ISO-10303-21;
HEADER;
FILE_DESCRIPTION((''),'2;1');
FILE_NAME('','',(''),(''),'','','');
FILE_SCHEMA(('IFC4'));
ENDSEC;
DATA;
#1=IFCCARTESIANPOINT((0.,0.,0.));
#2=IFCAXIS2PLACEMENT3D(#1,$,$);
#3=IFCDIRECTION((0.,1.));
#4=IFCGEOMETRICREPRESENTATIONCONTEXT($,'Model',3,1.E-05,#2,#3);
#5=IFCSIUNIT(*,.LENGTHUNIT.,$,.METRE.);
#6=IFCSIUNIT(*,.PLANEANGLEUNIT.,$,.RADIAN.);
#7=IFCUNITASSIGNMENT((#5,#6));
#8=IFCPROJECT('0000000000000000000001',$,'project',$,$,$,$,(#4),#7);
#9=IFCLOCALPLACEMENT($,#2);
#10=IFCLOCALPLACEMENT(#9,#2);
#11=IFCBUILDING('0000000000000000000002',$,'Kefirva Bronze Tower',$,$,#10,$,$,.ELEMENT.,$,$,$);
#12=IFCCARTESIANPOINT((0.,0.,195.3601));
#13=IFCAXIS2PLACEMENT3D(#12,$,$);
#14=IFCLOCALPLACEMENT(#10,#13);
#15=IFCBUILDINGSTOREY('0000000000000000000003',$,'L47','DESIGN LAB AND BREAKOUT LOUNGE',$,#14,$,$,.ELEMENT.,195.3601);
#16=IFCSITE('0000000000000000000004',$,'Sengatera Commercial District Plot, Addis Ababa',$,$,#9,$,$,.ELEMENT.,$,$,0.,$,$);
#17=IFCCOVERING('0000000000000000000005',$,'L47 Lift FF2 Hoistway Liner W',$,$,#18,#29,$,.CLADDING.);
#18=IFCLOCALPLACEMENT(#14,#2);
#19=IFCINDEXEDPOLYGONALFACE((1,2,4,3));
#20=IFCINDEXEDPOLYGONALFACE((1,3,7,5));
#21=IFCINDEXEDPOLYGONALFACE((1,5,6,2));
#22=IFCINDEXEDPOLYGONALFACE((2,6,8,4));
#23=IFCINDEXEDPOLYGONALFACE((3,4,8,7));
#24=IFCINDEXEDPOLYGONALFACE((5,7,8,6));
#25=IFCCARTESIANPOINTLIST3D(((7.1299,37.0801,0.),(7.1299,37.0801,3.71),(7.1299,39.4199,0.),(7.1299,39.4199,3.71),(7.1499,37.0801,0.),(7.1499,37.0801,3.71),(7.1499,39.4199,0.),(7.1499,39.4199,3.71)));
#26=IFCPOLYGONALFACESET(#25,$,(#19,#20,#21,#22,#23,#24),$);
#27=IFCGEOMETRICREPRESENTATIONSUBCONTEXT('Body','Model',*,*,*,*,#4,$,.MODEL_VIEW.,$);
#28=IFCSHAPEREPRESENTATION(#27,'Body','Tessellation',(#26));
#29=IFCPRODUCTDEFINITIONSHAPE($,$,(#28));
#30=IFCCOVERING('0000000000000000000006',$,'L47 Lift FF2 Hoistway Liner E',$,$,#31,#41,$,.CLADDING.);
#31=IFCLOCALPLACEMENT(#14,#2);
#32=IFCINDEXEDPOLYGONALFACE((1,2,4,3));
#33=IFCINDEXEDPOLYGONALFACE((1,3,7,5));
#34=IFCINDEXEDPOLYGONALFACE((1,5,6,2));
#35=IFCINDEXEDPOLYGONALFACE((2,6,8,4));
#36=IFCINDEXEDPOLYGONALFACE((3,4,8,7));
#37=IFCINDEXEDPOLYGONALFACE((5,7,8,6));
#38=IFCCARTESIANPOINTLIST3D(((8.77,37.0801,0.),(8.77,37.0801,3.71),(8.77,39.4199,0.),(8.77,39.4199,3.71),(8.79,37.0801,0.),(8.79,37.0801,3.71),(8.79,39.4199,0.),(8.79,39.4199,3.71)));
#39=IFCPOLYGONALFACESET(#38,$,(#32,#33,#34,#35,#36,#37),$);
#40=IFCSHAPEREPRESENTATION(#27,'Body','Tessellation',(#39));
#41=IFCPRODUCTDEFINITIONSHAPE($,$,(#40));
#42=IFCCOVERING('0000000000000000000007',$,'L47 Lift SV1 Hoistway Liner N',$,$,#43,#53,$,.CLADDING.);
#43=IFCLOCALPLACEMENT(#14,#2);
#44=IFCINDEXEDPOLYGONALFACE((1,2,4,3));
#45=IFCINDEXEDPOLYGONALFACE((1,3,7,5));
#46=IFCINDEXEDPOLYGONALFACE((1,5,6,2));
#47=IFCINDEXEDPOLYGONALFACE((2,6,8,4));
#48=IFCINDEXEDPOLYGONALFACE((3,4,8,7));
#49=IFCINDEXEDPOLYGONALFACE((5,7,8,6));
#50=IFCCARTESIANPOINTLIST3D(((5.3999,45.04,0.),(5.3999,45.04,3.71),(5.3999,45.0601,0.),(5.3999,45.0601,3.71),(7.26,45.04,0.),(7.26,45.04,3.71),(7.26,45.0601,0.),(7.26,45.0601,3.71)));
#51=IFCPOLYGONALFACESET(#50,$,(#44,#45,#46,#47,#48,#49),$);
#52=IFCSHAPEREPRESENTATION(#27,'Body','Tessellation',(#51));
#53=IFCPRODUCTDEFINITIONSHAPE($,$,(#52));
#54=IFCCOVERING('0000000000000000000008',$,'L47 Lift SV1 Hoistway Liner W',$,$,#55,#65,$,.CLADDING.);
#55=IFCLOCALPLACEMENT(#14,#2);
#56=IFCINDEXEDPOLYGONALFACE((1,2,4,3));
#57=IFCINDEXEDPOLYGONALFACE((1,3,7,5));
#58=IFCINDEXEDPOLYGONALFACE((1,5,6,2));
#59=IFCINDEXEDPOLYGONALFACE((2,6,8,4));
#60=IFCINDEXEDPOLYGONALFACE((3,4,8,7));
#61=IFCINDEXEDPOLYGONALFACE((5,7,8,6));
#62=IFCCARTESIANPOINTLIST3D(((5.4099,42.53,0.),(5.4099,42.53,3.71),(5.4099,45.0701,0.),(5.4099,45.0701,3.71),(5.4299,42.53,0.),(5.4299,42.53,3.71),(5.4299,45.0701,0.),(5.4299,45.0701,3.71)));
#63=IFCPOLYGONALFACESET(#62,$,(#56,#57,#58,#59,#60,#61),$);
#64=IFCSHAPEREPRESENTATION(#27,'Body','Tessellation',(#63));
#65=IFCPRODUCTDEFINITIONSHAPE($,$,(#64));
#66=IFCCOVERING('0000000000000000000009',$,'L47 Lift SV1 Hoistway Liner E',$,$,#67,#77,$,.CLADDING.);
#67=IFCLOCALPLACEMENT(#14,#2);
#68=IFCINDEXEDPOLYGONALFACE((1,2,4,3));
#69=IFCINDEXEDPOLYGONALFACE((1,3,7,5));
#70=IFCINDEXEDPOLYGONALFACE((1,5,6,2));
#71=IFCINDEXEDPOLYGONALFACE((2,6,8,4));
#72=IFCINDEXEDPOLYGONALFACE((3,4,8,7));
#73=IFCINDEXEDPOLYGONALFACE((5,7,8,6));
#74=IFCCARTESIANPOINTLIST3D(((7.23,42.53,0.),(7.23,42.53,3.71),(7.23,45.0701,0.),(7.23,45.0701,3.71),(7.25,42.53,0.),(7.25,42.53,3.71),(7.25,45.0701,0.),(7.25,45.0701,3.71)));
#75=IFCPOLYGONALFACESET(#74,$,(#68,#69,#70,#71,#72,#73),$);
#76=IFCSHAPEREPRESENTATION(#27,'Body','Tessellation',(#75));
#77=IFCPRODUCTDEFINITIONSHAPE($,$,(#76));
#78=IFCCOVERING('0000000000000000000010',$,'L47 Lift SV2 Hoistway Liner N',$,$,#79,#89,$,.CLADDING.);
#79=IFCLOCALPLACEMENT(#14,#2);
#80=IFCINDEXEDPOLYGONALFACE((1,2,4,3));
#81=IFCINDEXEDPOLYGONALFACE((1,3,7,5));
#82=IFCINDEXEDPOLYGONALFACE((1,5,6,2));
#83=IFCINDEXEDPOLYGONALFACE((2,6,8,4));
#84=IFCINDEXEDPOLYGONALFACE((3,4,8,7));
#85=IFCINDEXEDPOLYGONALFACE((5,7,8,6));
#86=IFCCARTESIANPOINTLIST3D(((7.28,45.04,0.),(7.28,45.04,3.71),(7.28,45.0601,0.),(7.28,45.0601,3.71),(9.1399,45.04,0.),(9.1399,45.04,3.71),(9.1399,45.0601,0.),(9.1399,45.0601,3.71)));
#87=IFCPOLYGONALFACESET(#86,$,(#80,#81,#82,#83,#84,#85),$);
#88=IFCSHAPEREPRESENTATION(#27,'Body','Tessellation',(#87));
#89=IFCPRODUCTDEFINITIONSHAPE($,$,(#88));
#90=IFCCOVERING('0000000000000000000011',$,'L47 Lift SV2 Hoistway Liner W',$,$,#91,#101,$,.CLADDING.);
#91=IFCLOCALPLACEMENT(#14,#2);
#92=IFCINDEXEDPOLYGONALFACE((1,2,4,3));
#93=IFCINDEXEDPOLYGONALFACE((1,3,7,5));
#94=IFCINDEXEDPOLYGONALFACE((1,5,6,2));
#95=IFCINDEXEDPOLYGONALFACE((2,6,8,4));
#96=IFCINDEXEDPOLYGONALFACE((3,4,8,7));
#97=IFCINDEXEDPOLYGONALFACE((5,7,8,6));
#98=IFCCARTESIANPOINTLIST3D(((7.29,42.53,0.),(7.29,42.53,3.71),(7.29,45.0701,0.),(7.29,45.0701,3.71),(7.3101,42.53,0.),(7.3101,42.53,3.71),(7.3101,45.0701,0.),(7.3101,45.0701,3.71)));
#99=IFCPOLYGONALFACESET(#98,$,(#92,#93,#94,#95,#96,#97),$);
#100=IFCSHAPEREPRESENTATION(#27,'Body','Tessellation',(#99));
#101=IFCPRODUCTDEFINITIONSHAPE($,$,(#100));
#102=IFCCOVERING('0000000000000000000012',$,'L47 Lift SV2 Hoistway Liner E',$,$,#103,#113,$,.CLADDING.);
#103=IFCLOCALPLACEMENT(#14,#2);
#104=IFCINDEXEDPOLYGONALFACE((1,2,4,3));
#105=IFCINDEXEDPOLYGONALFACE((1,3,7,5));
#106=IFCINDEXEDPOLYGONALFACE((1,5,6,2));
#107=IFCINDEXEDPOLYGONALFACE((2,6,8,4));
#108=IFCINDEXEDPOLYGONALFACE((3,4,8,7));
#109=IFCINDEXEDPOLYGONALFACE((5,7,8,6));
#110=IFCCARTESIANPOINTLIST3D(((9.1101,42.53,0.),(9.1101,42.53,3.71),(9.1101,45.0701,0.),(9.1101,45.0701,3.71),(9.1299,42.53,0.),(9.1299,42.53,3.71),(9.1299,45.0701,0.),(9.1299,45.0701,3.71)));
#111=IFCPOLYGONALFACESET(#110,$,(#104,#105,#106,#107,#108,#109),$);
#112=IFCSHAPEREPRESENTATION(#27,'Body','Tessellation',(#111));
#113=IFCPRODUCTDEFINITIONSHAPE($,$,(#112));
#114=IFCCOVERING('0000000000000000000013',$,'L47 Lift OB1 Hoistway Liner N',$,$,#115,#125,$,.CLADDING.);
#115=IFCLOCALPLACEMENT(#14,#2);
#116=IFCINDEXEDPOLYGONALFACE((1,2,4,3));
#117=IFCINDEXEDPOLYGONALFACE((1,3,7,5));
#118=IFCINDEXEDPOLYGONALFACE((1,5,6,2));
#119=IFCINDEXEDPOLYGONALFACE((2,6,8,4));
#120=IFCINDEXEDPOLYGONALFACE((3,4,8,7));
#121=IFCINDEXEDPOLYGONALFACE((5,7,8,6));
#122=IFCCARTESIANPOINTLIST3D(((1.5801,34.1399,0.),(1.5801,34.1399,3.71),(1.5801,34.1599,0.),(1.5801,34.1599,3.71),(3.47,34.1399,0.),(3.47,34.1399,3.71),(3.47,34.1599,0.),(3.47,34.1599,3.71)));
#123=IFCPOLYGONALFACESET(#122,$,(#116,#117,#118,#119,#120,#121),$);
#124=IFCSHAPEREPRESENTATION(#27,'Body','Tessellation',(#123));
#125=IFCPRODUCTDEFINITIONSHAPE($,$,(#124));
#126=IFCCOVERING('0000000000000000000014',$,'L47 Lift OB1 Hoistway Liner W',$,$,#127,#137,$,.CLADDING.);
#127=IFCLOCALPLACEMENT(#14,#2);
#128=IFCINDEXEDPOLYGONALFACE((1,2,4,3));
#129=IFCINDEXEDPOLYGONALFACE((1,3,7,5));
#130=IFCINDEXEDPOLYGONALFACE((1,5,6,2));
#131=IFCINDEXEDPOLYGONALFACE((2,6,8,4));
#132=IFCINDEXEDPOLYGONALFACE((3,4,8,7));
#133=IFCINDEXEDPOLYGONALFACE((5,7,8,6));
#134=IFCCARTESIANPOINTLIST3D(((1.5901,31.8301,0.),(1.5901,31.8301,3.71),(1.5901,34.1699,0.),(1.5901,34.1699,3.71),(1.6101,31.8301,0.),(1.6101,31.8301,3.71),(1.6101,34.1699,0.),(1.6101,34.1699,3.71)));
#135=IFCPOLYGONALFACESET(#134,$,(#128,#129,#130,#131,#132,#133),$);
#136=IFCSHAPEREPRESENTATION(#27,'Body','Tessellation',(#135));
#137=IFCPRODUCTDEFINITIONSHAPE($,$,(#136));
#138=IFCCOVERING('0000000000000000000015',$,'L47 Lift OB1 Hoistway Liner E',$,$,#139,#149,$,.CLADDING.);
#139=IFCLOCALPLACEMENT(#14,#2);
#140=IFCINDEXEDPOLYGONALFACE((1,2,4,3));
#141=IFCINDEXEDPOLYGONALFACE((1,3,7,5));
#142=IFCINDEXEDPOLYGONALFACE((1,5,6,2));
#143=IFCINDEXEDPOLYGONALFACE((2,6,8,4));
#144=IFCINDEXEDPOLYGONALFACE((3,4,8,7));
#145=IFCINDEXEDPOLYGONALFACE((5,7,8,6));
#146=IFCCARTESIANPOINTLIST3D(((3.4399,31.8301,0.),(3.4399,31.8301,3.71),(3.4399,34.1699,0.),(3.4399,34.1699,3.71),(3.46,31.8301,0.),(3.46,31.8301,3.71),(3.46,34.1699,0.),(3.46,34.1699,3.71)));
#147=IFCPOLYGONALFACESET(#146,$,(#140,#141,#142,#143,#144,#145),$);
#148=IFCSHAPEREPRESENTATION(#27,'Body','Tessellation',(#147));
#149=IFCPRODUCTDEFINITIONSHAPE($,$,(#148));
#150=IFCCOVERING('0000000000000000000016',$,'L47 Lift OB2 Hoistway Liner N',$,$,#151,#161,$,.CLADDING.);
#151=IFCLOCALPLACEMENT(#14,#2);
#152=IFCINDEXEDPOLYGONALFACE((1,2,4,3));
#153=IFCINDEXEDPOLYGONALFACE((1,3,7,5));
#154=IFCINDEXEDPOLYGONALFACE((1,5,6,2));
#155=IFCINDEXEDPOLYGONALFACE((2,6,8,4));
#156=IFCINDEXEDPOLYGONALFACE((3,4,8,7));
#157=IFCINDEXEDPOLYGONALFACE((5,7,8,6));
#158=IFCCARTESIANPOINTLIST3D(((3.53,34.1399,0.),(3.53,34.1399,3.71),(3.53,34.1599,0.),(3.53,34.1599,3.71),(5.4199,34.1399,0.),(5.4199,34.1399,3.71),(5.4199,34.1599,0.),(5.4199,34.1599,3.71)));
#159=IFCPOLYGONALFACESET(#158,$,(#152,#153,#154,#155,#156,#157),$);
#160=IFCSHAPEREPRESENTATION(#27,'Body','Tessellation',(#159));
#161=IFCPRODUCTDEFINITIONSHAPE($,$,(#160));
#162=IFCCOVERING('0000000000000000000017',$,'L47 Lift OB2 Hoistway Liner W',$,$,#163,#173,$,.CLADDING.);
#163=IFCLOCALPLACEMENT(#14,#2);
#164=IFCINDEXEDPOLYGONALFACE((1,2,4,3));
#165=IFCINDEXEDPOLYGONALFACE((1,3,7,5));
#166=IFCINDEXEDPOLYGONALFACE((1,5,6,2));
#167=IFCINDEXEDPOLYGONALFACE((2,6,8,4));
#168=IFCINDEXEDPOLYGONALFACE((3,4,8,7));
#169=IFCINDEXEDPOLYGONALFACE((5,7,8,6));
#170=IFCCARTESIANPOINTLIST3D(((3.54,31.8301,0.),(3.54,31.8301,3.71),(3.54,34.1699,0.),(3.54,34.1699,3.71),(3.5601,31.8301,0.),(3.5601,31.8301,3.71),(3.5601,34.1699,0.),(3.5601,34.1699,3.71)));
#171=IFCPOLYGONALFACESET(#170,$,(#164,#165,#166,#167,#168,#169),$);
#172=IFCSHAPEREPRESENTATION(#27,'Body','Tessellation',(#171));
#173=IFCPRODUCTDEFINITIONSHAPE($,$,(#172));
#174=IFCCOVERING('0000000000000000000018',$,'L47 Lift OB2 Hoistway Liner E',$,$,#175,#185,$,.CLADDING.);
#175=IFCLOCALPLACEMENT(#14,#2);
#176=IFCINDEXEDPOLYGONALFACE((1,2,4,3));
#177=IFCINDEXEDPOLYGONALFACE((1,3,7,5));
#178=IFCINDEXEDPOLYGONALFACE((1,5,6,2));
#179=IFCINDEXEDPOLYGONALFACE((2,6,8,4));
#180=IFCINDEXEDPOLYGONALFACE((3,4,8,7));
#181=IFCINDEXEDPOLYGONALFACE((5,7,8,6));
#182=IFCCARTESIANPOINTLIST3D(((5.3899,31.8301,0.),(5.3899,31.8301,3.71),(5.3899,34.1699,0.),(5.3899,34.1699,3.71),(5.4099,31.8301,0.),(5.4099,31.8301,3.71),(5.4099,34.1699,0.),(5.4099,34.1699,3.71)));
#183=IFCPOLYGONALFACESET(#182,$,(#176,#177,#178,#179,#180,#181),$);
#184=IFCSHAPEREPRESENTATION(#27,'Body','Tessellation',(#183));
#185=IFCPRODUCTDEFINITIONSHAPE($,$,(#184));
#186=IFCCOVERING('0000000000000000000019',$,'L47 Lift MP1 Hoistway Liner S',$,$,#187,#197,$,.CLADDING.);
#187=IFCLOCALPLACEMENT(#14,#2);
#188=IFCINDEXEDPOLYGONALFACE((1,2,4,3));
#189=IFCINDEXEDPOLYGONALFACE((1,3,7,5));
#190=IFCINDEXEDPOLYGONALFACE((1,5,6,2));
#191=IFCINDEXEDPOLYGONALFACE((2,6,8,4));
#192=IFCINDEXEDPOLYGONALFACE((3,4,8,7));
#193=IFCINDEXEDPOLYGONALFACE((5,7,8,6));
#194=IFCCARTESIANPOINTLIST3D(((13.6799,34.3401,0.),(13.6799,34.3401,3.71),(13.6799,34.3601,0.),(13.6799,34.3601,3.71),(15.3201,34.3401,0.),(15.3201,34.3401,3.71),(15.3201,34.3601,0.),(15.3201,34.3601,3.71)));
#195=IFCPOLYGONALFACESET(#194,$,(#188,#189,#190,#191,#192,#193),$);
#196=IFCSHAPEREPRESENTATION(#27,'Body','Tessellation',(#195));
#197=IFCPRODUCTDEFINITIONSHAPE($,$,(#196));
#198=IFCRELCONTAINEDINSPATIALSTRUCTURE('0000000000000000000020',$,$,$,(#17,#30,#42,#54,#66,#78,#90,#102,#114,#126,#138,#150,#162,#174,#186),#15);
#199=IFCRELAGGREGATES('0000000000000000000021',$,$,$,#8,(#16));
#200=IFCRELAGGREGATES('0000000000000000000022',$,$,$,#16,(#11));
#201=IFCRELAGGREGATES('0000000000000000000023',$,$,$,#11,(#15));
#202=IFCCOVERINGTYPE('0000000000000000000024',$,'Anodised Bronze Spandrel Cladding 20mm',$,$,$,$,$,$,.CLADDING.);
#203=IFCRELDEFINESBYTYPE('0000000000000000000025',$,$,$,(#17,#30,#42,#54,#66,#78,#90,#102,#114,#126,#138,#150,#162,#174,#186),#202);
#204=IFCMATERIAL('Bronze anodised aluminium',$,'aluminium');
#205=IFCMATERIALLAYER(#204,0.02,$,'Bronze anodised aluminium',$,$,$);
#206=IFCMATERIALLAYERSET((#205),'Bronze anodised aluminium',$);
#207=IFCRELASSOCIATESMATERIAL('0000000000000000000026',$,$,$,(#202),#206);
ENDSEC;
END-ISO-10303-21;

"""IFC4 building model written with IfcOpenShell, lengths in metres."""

from ifc_helpers import new_model, si_unit, direction, frame, origin, place, context, subcontext, project, spatial, polyline, outline, extrude, material, layer, layer_set, type_object, element, save


model = new_model("IFC4")

# Units and contexts
model_context = context("Model", 3, precision=1e-05, world=origin(), true_north=direction((0.0, 1.0)))
body_context = subcontext(model_context, "Body", "Model", "MODEL_VIEW")
ifc_project = project(units=[si_unit("LENGTHUNIT", "METRE"), si_unit("PLANEANGLEUNIT", "RADIAN")], contexts=[model_context])

# Site, building, storey
site_placement = place(None, origin())
site = spatial("IfcSite", under=ifc_project, at=site_placement, Name="Sengatera Commercial District Plot, Addis Ababa", CompositionType="ELEMENT", RefElevation=0.0)
building_placement = place(site_placement, origin())
building = spatial("IfcBuilding", under=site, at=building_placement, Name="Kefirva Bronze Tower", CompositionType="ELEMENT")
storey_placement = place(building_placement, frame((0.0, 0.0, 195.3601)))
storey = spatial("IfcBuildingStorey", under=building, at=storey_placement, Name="L47", Description="DESIGN LAB AND BREAKOUT LOUNGE", CompositionType="ELEMENT", Elevation=195.3601)

# Coverings
ifc_material_1 = material(Name="Bronze anodised aluminium", Category="aluminium")
ifc_layer_1 = layer(ifc_material_1, 0.02, Name="Bronze anodised aluminium")
ifc_layer_set_1 = layer_set([ifc_layer_1], Name="Bronze anodised aluminium")
covering_type = type_object("IfcCoveringType", Name="Anodised Bronze Spandrel Cladding 20mm", PredefinedType="CLADDING", material=ifc_layer_set_1)
covering_1_placement = place(storey_placement, origin())
element("IfcCovering", 1, at=covering_1_placement, inside=storey, type_object=covering_type, Name="L47 Lift FF2 Hoistway Liner W", PredefinedType="CLADDING", context=body_context, shape_type="SweptSolid", body=[
    extrude(outline(polyline([(7.1299, 37.0801), (7.1499, 37.0801), (7.1499, 39.4199), (7.1299, 39.4199), (7.1299, 37.0801)])), origin(), (0.0, 0.0, 1.0), 3.71),
])
covering_2_placement = place(storey_placement, origin())
element("IfcCovering", 2, at=covering_2_placement, inside=storey, type_object=covering_type, Name="L47 Lift FF2 Hoistway Liner E", PredefinedType="CLADDING", context=body_context, shape_type="SweptSolid", body=[
    extrude(outline(polyline([(8.77, 37.0801), (8.79, 37.0801), (8.79, 39.4199), (8.77, 39.4199), (8.77, 37.0801)])), origin(), (0.0, 0.0, 1.0), 3.71),
])
covering_3_placement = place(storey_placement, origin())
element("IfcCovering", 3, at=covering_3_placement, inside=storey, type_object=covering_type, Name="L47 Lift SV1 Hoistway Liner N", PredefinedType="CLADDING", context=body_context, shape_type="SweptSolid", body=[
    extrude(outline(polyline([(5.3999, 45.04), (7.26, 45.04), (7.26, 45.0601), (5.3999, 45.0601), (5.3999, 45.04)])), origin(), (0.0, 0.0, 1.0), 3.71),
])
covering_4_placement = place(storey_placement, origin())
element("IfcCovering", 4, at=covering_4_placement, inside=storey, type_object=covering_type, Name="L47 Lift SV1 Hoistway Liner W", PredefinedType="CLADDING", context=body_context, shape_type="SweptSolid", body=[
    extrude(outline(polyline([(5.4099, 42.53), (5.4299, 42.53), (5.4299, 45.0701), (5.4099, 45.0701), (5.4099, 42.53)])), origin(), (0.0, 0.0, 1.0), 3.71),
])
covering_5_placement = place(storey_placement, origin())
element("IfcCovering", 5, at=covering_5_placement, inside=storey, type_object=covering_type, Name="L47 Lift SV1 Hoistway Liner E", PredefinedType="CLADDING", context=body_context, shape_type="SweptSolid", body=[
    extrude(outline(polyline([(7.23, 42.53), (7.25, 42.53), (7.25, 45.0701), (7.23, 45.0701), (7.23, 42.53)])), origin(), (0.0, 0.0, 1.0), 3.71),
])
covering_6_placement = place(storey_placement, origin())
element("IfcCovering", 6, at=covering_6_placement, inside=storey, type_object=covering_type, Name="L47 Lift SV2 Hoistway Liner N", PredefinedType="CLADDING", context=body_context, shape_type="SweptSolid", body=[
    extrude(outline(polyline([(7.28, 45.04), (9.1399, 45.04), (9.1399, 45.0601), (7.28, 45.0601), (7.28, 45.04)])), origin(), (0.0, 0.0, 1.0), 3.71),
])
covering_7_placement = place(storey_placement, origin())
element("IfcCovering", 7, at=covering_7_placement, inside=storey, type_object=covering_type, Name="L47 Lift SV2 Hoistway Liner W", PredefinedType="CLADDING", context=body_context, shape_type="SweptSolid", body=[
    extrude(outline(polyline([(7.29, 42.53), (7.3101, 42.53), (7.3101, 45.0701), (7.29, 45.0701), (7.29, 42.53)])), origin(), (0.0, 0.0, 1.0), 3.71),
])
covering_8_placement = place(storey_placement, origin())
element("IfcCovering", 8, at=covering_8_placement, inside=storey, type_object=covering_type, Name="L47 Lift SV2 Hoistway Liner E", PredefinedType="CLADDING", context=body_context, shape_type="SweptSolid", body=[
    extrude(outline(polyline([(9.1101, 42.53), (9.1299, 42.53), (9.1299, 45.0701), (9.1101, 45.0701), (9.1101, 42.53)])), origin(), (0.0, 0.0, 1.0), 3.71),
])
covering_9_placement = place(storey_placement, origin())
element("IfcCovering", 9, at=covering_9_placement, inside=storey, type_object=covering_type, Name="L47 Lift OB1 Hoistway Liner N", PredefinedType="CLADDING", context=body_context, shape_type="SweptSolid", body=[
    extrude(outline(polyline([(1.5801, 34.1399), (3.47, 34.1399), (3.47, 34.1599), (1.5801, 34.1599), (1.5801, 34.1399)])), origin(), (0.0, 0.0, 1.0), 3.71),
])
covering_10_placement = place(storey_placement, origin())
element("IfcCovering", 10, at=covering_10_placement, inside=storey, type_object=covering_type, Name="L47 Lift OB1 Hoistway Liner W", PredefinedType="CLADDING", context=body_context, shape_type="SweptSolid", body=[
    extrude(outline(polyline([(1.5901, 31.8301), (1.6101, 31.8301), (1.6101, 34.1699), (1.5901, 34.1699), (1.5901, 31.8301)])), origin(), (0.0, 0.0, 1.0), 3.71),
])
covering_11_placement = place(storey_placement, origin())
element("IfcCovering", 11, at=covering_11_placement, inside=storey, type_object=covering_type, Name="L47 Lift OB1 Hoistway Liner E", PredefinedType="CLADDING", context=body_context, shape_type="SweptSolid", body=[
    extrude(outline(polyline([(3.4399, 31.8301), (3.46, 31.8301), (3.46, 34.1699), (3.4399, 34.1699), (3.4399, 31.8301)])), origin(), (0.0, 0.0, 1.0), 3.71),
])
covering_12_placement = place(storey_placement, origin())
element("IfcCovering", 12, at=covering_12_placement, inside=storey, type_object=covering_type, Name="L47 Lift OB2 Hoistway Liner N", PredefinedType="CLADDING", context=body_context, shape_type="SweptSolid", body=[
    extrude(outline(polyline([(3.53, 34.1399), (5.4199, 34.1399), (5.4199, 34.1599), (3.53, 34.1599), (3.53, 34.1399)])), origin(), (0.0, 0.0, 1.0), 3.71),
])
covering_13_placement = place(storey_placement, origin())
element("IfcCovering", 13, at=covering_13_placement, inside=storey, type_object=covering_type, Name="L47 Lift OB2 Hoistway Liner W", PredefinedType="CLADDING", context=body_context, shape_type="SweptSolid", body=[
    extrude(outline(polyline([(3.54, 31.8301), (3.5601, 31.8301), (3.5601, 34.1699), (3.54, 34.1699), (3.54, 31.8301)])), origin(), (0.0, 0.0, 1.0), 3.71),
])
covering_14_placement = place(storey_placement, origin())
element("IfcCovering", 14, at=covering_14_placement, inside=storey, type_object=covering_type, Name="L47 Lift OB2 Hoistway Liner E", PredefinedType="CLADDING", context=body_context, shape_type="SweptSolid", body=[
    extrude(outline(polyline([(5.3899, 31.8301), (5.4099, 31.8301), (5.4099, 34.1699), (5.3899, 34.1699), (5.3899, 31.8301)])), origin(), (0.0, 0.0, 1.0), 3.71),
])
covering_15_placement = place(storey_placement, origin())
element("IfcCovering", 15, at=covering_15_placement, inside=storey, type_object=covering_type, Name="L47 Lift MP1 Hoistway Liner S", PredefinedType="CLADDING", context=body_context, shape_type="SweptSolid", body=[
    extrude(outline(polyline([(13.6799, 34.3401), (15.3201, 34.3401), (15.3201, 34.3601), (13.6799, 34.3601), (13.6799, 34.3401)])), origin(), (0.0, 0.0, 1.0), 3.71),
])

save(model, "model.ifc")
